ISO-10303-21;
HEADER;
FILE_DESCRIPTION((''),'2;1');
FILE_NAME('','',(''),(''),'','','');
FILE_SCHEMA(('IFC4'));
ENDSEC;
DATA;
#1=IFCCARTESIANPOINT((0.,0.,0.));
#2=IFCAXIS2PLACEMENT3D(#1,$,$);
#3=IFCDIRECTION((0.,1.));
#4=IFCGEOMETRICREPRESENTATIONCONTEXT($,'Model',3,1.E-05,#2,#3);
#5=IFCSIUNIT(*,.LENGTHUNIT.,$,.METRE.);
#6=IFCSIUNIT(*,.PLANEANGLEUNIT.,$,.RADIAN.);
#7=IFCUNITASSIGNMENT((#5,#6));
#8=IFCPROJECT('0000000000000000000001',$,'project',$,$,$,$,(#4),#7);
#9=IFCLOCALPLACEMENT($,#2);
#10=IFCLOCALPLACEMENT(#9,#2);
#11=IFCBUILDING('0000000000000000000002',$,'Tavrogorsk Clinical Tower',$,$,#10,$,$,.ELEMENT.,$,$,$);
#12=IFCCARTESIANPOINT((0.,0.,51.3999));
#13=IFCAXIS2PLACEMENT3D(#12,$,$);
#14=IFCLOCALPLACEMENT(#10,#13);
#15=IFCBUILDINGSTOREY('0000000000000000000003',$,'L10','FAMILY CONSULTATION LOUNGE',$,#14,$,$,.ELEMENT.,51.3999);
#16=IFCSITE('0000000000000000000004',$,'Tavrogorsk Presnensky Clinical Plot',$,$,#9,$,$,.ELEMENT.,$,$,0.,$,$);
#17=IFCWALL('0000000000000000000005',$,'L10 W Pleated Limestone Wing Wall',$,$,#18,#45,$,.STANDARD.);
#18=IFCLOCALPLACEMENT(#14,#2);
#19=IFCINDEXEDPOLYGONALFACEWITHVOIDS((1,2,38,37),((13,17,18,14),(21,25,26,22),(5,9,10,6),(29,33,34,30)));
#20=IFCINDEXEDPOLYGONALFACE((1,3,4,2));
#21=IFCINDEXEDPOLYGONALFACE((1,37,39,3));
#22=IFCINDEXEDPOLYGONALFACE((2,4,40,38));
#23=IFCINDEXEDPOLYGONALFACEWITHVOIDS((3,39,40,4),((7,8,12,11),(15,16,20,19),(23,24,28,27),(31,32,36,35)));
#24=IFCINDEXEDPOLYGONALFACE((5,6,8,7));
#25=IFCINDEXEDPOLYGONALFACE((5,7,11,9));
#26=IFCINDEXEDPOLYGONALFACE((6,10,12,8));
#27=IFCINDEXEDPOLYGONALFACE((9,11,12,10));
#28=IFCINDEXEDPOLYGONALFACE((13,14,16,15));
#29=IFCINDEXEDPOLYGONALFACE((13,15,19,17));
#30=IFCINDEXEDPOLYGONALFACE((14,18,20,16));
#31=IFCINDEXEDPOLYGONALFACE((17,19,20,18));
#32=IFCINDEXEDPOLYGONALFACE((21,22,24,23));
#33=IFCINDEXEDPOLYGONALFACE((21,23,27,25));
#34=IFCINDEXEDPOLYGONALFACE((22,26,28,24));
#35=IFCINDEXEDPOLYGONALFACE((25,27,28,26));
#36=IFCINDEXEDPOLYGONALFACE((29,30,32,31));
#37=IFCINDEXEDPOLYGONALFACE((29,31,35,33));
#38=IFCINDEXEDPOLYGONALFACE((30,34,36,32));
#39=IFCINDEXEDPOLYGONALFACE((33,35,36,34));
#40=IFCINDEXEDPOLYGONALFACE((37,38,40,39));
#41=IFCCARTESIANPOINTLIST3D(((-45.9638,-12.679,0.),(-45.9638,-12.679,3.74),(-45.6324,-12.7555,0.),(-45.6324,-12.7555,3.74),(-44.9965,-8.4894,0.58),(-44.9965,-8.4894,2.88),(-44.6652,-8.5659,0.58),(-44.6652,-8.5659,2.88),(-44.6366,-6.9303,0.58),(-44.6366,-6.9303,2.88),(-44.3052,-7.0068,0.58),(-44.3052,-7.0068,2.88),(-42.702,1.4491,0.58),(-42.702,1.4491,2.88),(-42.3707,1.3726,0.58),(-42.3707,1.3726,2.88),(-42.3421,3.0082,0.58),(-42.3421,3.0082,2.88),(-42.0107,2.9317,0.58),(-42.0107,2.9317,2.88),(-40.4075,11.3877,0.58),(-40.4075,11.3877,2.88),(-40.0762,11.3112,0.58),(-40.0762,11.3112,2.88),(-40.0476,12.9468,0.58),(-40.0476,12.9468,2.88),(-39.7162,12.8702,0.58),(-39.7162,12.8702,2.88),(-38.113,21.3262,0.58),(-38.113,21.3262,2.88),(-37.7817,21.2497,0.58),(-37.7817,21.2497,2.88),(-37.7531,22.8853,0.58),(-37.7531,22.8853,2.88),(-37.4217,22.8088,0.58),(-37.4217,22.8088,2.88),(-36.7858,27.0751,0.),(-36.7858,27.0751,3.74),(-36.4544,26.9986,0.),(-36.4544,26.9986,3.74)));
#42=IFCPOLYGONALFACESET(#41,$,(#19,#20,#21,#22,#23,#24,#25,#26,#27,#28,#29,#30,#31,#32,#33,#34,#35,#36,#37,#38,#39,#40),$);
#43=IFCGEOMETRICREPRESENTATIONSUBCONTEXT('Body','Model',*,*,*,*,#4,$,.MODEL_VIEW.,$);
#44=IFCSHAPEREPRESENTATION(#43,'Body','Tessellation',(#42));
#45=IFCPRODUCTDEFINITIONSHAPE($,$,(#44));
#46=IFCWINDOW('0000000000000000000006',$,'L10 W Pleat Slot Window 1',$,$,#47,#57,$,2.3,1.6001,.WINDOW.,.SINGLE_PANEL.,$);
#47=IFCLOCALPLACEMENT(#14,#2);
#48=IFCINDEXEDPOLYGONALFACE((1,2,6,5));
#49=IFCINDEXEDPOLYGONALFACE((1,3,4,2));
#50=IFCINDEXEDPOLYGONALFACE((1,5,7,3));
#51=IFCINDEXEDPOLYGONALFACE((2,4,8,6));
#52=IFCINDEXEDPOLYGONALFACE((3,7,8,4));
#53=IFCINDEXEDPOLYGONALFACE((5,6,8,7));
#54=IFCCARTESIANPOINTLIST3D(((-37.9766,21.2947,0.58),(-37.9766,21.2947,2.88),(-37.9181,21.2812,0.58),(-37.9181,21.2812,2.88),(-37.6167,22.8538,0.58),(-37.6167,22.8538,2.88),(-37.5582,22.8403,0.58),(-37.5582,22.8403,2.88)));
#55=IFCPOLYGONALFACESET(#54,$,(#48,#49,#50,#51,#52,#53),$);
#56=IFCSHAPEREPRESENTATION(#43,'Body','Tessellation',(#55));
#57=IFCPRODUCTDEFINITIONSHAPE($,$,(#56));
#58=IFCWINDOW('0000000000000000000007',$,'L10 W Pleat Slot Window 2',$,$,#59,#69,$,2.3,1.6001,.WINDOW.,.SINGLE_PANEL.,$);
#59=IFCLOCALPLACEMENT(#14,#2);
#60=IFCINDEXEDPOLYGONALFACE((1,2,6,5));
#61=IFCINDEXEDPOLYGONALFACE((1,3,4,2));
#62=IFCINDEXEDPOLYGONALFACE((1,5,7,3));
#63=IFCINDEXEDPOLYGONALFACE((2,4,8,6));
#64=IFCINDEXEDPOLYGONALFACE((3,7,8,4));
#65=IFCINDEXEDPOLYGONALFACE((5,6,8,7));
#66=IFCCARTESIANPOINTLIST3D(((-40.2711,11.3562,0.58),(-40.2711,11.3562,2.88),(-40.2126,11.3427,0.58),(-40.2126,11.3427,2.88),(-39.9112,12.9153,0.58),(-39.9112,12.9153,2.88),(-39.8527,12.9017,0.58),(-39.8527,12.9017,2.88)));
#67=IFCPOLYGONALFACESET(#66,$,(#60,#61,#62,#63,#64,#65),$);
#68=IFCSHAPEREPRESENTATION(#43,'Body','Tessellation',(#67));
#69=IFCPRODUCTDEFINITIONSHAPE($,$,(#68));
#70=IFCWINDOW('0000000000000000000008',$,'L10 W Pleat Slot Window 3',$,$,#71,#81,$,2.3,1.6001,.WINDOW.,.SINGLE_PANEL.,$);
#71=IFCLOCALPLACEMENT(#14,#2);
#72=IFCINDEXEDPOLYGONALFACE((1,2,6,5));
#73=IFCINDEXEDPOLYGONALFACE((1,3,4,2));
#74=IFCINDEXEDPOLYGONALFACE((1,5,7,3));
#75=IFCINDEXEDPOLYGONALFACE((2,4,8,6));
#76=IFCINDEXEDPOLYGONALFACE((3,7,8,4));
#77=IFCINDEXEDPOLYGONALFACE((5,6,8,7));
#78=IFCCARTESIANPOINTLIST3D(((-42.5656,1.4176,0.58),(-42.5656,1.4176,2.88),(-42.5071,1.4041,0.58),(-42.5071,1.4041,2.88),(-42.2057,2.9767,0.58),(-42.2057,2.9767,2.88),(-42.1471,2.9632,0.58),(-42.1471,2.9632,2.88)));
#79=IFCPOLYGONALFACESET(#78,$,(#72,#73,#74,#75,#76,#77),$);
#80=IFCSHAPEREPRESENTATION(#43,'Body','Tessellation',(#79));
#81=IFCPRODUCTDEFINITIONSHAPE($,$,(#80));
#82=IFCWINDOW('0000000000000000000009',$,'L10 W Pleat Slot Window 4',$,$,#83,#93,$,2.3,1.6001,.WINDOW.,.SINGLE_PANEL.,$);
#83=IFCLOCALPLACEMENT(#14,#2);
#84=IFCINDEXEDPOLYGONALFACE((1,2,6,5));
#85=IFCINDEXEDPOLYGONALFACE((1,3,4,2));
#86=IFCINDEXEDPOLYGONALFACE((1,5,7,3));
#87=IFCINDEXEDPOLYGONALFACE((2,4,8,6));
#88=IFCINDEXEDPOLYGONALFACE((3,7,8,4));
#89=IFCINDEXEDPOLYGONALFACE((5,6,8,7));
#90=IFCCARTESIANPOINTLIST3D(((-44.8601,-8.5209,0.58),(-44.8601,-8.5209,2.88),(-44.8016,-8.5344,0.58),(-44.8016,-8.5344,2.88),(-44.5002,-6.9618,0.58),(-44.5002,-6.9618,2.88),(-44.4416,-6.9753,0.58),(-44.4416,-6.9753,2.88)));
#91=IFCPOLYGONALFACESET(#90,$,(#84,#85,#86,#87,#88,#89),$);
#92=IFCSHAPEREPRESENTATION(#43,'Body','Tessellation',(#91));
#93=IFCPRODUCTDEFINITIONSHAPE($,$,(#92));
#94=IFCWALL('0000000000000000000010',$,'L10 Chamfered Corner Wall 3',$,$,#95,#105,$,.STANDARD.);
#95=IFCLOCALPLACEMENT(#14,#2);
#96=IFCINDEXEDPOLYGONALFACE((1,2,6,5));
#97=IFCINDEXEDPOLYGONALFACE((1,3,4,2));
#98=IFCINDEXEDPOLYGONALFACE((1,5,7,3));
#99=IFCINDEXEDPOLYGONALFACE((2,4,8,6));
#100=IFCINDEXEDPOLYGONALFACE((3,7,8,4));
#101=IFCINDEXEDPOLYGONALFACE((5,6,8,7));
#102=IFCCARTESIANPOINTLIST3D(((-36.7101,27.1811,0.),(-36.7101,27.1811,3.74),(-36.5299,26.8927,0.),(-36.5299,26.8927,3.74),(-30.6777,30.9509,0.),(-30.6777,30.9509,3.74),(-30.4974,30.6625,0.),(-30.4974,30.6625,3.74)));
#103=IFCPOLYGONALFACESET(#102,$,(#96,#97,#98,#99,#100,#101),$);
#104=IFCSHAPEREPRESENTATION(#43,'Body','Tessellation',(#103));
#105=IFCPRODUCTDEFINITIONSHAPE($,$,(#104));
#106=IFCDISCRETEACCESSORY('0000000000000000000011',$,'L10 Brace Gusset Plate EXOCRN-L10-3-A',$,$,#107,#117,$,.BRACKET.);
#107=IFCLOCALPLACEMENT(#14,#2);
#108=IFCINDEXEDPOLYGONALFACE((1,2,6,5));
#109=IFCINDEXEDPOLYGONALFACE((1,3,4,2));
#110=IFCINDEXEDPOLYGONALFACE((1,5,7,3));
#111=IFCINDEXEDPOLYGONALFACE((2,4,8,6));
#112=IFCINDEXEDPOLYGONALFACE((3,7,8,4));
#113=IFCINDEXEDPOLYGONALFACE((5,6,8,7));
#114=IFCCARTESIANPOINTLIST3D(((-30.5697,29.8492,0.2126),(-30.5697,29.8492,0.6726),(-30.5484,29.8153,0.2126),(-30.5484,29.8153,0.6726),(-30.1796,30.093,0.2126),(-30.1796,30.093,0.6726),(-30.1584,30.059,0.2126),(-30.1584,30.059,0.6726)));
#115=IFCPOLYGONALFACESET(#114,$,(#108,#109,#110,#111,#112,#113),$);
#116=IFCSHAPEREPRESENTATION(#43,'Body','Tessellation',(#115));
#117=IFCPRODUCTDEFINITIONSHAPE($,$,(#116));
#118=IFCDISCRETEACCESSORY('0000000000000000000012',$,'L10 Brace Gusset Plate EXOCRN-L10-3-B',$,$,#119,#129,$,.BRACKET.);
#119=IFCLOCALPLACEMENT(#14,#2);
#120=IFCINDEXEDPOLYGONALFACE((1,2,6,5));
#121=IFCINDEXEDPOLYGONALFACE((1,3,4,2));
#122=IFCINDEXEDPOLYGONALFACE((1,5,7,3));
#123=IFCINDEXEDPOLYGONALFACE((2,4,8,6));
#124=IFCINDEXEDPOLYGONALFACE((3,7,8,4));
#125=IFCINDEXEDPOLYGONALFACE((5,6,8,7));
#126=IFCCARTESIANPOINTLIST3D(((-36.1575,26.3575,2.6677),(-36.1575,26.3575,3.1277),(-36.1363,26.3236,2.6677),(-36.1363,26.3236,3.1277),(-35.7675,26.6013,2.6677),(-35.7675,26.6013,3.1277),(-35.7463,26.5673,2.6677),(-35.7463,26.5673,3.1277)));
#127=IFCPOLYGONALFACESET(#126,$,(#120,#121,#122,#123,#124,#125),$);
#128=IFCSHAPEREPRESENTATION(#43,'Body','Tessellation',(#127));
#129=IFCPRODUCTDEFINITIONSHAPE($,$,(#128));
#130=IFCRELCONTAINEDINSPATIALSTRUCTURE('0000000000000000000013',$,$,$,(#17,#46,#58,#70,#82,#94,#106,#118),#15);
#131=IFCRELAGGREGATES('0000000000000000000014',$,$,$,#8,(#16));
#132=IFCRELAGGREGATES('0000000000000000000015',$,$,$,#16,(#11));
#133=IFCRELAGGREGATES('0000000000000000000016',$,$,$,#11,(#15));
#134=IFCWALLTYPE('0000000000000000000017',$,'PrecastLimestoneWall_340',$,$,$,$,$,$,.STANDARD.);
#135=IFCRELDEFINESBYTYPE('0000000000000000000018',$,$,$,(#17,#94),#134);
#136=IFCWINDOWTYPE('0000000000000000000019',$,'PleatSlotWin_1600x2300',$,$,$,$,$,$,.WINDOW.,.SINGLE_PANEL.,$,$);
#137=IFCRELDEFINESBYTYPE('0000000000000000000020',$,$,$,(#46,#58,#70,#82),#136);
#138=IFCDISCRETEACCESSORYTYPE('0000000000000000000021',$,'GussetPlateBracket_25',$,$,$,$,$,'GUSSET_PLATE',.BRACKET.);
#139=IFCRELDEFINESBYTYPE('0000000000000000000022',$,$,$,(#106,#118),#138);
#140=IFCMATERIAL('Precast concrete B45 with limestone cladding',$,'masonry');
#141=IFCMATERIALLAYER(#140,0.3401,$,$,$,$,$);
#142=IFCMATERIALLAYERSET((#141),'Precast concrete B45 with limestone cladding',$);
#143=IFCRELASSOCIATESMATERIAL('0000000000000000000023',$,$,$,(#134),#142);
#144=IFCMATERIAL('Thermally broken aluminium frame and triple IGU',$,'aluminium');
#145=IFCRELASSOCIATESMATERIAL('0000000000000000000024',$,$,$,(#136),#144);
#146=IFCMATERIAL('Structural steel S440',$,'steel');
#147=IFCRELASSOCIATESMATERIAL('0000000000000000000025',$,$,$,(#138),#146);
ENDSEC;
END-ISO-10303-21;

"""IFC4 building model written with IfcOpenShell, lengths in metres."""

from ifc_helpers import new_model, si_unit, direction, frame, frame_2d, origin, origin_2d, place, context, subcontext, project, spatial, rectangle, extrude, material, layer, layer_set, type_object, element, fill, save


model = new_model("IFC4")

# Units and contexts
model_context = context("Model", 3, precision=1e-05, world=origin(), true_north=direction((0.0, 1.0)))
body_context = subcontext(model_context, "Body", "Model", "MODEL_VIEW")
ifc_project = project(units=[si_unit("LENGTHUNIT", "METRE"), si_unit("PLANEANGLEUNIT", "RADIAN")], contexts=[model_context])

# Site, building, storey
site_placement = place(None, origin())
site = spatial("IfcSite", under=ifc_project, at=site_placement, Name="Tavrogorsk Presnensky Clinical Plot", CompositionType="ELEMENT", RefElevation=0.0)
building_placement = place(site_placement, origin())
building = spatial("IfcBuilding", under=site, at=building_placement, Name="Tavrogorsk Clinical Tower", CompositionType="ELEMENT")
storey_placement = place(building_placement, frame((0.0, 0.0, 51.3999)))
storey = spatial("IfcBuildingStorey", under=building, at=storey_placement, Name="L10", Description="FAMILY CONSULTATION LOUNGE", CompositionType="ELEMENT", Elevation=51.3999)

# Wall, openings, windows
ifc_material_1 = material(Name="Precast concrete B45 with limestone cladding", Category="masonry")
ifc_layer_1 = layer(ifc_material_1, 0.3401)
ifc_layer_set_1 = layer_set([ifc_layer_1], Name="Precast concrete B45 with limestone cladding")
wall_type_1 = type_object("IfcWallType", Name="PrecastLimestoneWall_340", PredefinedType="STANDARD", material=ifc_layer_set_1)
wall_1_placement = place(storey_placement, frame((-36.6201, 27.0369, 0.0), z_axis=(0.0, 0.0, 1.0), x_axis=(-0.224951, -0.97437, 0.0)))
wall_1 = element("IfcWall", 1, at=wall_1_placement, inside=storey, type_object=wall_type_1, Name="L10 W Pleated Limestone Wing Wall", PredefinedType="STANDARD", context=body_context, shape_type="SweptSolid", body=[
    extrude(rectangle(XDim=40.7998, YDim=0.3401, at=frame_2d((20.3999, 0.0))), origin(), (0.0, 0.0, 1.0), 3.74),
])
opening_1_placement = place(wall_1_placement, frame((4.3, 0.0, 0.5801)))
opening_1 = element("IfcOpeningElement", 2, at=opening_1_placement, cuts=wall_1, PredefinedType="OPENING", context=body_context, shape_type="SweptSolid", body=[
    extrude(rectangle(XDim=1.6001, YDim=2.3, at=frame_2d((0.8, 1.1499))), frame((0.0, 0.1799, 0.0), z_axis=(0.0, -1.0, 0.0), x_axis=(1.0, 0.0, 0.0)), (0.0, 0.0, 1.0), 0.3601),
])
opening_2_placement = place(wall_1_placement, frame((14.5, 0.0, 0.5801)))
opening_2 = element("IfcOpeningElement", 3, at=opening_2_placement, cuts=wall_1, PredefinedType="OPENING", context=body_context, shape_type="SweptSolid", body=[
    extrude(rectangle(XDim=1.6001, YDim=2.3, at=frame_2d((0.8, 1.1499))), frame((0.0, 0.1799, 0.0), z_axis=(0.0, -1.0, 0.0), x_axis=(1.0, 0.0, 0.0)), (0.0, 0.0, 1.0), 0.3601),
])
opening_3_placement = place(wall_1_placement, frame((24.7, 0.0, 0.5801)))
opening_3 = element("IfcOpeningElement", 4, at=opening_3_placement, cuts=wall_1, PredefinedType="OPENING", context=body_context, shape_type="SweptSolid", body=[
    extrude(rectangle(XDim=1.6001, YDim=2.3, at=frame_2d((0.8, 1.1499))), frame((0.0, 0.1799, 0.0), z_axis=(0.0, -1.0, 0.0), x_axis=(1.0, 0.0, 0.0)), (0.0, 0.0, 1.0), 0.3601),
])
opening_4_placement = place(wall_1_placement, frame((34.8999, 0.0, 0.5801)))
opening_4 = element("IfcOpeningElement", 5, at=opening_4_placement, cuts=wall_1, PredefinedType="OPENING", context=body_context, shape_type="SweptSolid", body=[
    extrude(rectangle(XDim=1.6001, YDim=2.3, at=frame_2d((0.8, 1.1499))), frame((0.0, 0.1799, 0.0), z_axis=(0.0, -1.0, 0.0), x_axis=(1.0, 0.0, 0.0)), (0.0, 0.0, 1.0), 0.3601),
])
ifc_material_2 = material(Name="Thermally broken aluminium frame and triple IGU", Category="aluminium")
window_type = type_object("IfcWindowType", Name="PleatSlotWin_1600x2300", PartitioningType="SINGLE_PANEL", PredefinedType="WINDOW", material=ifc_material_2)
window_1_placement = place(opening_1_placement, origin())
window_1 = element("IfcWindow", 6, at=window_1_placement, inside=storey, type_object=window_type, Name="L10 W Pleat Slot Window 1", OverallHeight=2.3, OverallWidth=1.6001, PartitioningType="SINGLE_PANEL", PredefinedType="WINDOW", context=body_context, shape_type="SweptSolid", body=[
    extrude(rectangle(XDim=1.6001, YDim=2.3, at=frame_2d((0.8, 1.1499))), frame((0.0, 0.03, 0.0), z_axis=(0.0, -1.0, 0.0), x_axis=(1.0, 0.0, 0.0)), (0.0, 0.0, 1.0), 0.0601),
])
fill(opening_1, window_1)
window_2_placement = place(opening_2_placement, origin())
window_2 = element("IfcWindow", 7, at=window_2_placement, inside=storey, type_object=window_type, Name="L10 W Pleat Slot Window 2", OverallHeight=2.3, OverallWidth=1.6001, PartitioningType="SINGLE_PANEL", PredefinedType="WINDOW", context=body_context, shape_type="SweptSolid", body=[
    extrude(rectangle(XDim=1.6001, YDim=2.3, at=frame_2d((0.8, 1.1499))), frame((0.0, 0.03, 0.0), z_axis=(0.0, -1.0, 0.0), x_axis=(1.0, 0.0, 0.0)), (0.0, 0.0, 1.0), 0.0601),
])
fill(opening_2, window_2)
window_3_placement = place(opening_3_placement, origin())
window_3 = element("IfcWindow", 8, at=window_3_placement, inside=storey, type_object=window_type, Name="L10 W Pleat Slot Window 3", OverallHeight=2.3, OverallWidth=1.6001, PartitioningType="SINGLE_PANEL", PredefinedType="WINDOW", context=body_context, shape_type="SweptSolid", body=[
    extrude(rectangle(XDim=1.6001, YDim=2.3, at=frame_2d((0.8, 1.1499))), frame((0.0, 0.03, 0.0), z_axis=(0.0, -1.0, 0.0), x_axis=(1.0, 0.0, 0.0)), (0.0, 0.0, 1.0), 0.0601),
])
fill(opening_3, window_3)
window_4_placement = place(opening_4_placement, origin())
window_4 = element("IfcWindow", 9, at=window_4_placement, inside=storey, type_object=window_type, Name="L10 W Pleat Slot Window 4", OverallHeight=2.3, OverallWidth=1.6001, PartitioningType="SINGLE_PANEL", PredefinedType="WINDOW", context=body_context, shape_type="SweptSolid", body=[
    extrude(rectangle(XDim=1.6001, YDim=2.3, at=frame_2d((0.8, 1.1499))), frame((0.0, 0.03, 0.0), z_axis=(0.0, -1.0, 0.0), x_axis=(1.0, 0.0, 0.0)), (0.0, 0.0, 1.0), 0.0601),
])
fill(opening_4, window_4)

# Wall
wall_2_placement = place(storey_placement, frame((-30.5876, 30.8066, 0.0), z_axis=(0.0, 0.0, 1.0), x_axis=(-0.848031, -0.529946, 0.0)))
element("IfcWall", 10, at=wall_2_placement, inside=storey, type_object=wall_type_1, Name="L10 Chamfered Corner Wall 3", PredefinedType="STANDARD", context=body_context, shape_type="SweptSolid", body=[
    extrude(rectangle(XDim=7.1135, YDim=0.3401, at=frame_2d((3.5566, 0.0))), origin(), (0.0, 0.0, 1.0), 3.74),
])

# Discrete accessories
ifc_material_3 = material(Name="Structural steel S440", Category="steel")
discrete_accessory_type = type_object("IfcDiscreteAccessoryType", Name="GussetPlateBracket_25", ElementType="GUSSET_PLATE", PredefinedType="BRACKET", material=ifc_material_3)
for number, where, z_axis, x_axis, name in (
    (11, (-30.364, 29.9541, 0.2126), (0.0, 0.0, 1.0), (-0.848048, -0.529919, 0.0), "L10 Brace Gusset Plate EXOCRN-L10-3-A"),
    (12, (-35.9519, 26.4624, 2.6677), (0.0, 0.0, 1.0), (-0.848048, -0.529919, 0.0), "L10 Brace Gusset Plate EXOCRN-L10-3-B"),
):
    element("IfcDiscreteAccessory", number, at=place(storey_placement, frame(where, z_axis=z_axis, x_axis=x_axis)), inside=storey, type_object=discrete_accessory_type, Name=name, PredefinedType="BRACKET", context=body_context, shape_type="SweptSolid", body=[
        extrude(rectangle(XDim=0.46, YDim=0.04, at=origin_2d()), origin(), (0.0, 0.0, 1.0), 0.46),
    ])

save(model, "model.ifc")
